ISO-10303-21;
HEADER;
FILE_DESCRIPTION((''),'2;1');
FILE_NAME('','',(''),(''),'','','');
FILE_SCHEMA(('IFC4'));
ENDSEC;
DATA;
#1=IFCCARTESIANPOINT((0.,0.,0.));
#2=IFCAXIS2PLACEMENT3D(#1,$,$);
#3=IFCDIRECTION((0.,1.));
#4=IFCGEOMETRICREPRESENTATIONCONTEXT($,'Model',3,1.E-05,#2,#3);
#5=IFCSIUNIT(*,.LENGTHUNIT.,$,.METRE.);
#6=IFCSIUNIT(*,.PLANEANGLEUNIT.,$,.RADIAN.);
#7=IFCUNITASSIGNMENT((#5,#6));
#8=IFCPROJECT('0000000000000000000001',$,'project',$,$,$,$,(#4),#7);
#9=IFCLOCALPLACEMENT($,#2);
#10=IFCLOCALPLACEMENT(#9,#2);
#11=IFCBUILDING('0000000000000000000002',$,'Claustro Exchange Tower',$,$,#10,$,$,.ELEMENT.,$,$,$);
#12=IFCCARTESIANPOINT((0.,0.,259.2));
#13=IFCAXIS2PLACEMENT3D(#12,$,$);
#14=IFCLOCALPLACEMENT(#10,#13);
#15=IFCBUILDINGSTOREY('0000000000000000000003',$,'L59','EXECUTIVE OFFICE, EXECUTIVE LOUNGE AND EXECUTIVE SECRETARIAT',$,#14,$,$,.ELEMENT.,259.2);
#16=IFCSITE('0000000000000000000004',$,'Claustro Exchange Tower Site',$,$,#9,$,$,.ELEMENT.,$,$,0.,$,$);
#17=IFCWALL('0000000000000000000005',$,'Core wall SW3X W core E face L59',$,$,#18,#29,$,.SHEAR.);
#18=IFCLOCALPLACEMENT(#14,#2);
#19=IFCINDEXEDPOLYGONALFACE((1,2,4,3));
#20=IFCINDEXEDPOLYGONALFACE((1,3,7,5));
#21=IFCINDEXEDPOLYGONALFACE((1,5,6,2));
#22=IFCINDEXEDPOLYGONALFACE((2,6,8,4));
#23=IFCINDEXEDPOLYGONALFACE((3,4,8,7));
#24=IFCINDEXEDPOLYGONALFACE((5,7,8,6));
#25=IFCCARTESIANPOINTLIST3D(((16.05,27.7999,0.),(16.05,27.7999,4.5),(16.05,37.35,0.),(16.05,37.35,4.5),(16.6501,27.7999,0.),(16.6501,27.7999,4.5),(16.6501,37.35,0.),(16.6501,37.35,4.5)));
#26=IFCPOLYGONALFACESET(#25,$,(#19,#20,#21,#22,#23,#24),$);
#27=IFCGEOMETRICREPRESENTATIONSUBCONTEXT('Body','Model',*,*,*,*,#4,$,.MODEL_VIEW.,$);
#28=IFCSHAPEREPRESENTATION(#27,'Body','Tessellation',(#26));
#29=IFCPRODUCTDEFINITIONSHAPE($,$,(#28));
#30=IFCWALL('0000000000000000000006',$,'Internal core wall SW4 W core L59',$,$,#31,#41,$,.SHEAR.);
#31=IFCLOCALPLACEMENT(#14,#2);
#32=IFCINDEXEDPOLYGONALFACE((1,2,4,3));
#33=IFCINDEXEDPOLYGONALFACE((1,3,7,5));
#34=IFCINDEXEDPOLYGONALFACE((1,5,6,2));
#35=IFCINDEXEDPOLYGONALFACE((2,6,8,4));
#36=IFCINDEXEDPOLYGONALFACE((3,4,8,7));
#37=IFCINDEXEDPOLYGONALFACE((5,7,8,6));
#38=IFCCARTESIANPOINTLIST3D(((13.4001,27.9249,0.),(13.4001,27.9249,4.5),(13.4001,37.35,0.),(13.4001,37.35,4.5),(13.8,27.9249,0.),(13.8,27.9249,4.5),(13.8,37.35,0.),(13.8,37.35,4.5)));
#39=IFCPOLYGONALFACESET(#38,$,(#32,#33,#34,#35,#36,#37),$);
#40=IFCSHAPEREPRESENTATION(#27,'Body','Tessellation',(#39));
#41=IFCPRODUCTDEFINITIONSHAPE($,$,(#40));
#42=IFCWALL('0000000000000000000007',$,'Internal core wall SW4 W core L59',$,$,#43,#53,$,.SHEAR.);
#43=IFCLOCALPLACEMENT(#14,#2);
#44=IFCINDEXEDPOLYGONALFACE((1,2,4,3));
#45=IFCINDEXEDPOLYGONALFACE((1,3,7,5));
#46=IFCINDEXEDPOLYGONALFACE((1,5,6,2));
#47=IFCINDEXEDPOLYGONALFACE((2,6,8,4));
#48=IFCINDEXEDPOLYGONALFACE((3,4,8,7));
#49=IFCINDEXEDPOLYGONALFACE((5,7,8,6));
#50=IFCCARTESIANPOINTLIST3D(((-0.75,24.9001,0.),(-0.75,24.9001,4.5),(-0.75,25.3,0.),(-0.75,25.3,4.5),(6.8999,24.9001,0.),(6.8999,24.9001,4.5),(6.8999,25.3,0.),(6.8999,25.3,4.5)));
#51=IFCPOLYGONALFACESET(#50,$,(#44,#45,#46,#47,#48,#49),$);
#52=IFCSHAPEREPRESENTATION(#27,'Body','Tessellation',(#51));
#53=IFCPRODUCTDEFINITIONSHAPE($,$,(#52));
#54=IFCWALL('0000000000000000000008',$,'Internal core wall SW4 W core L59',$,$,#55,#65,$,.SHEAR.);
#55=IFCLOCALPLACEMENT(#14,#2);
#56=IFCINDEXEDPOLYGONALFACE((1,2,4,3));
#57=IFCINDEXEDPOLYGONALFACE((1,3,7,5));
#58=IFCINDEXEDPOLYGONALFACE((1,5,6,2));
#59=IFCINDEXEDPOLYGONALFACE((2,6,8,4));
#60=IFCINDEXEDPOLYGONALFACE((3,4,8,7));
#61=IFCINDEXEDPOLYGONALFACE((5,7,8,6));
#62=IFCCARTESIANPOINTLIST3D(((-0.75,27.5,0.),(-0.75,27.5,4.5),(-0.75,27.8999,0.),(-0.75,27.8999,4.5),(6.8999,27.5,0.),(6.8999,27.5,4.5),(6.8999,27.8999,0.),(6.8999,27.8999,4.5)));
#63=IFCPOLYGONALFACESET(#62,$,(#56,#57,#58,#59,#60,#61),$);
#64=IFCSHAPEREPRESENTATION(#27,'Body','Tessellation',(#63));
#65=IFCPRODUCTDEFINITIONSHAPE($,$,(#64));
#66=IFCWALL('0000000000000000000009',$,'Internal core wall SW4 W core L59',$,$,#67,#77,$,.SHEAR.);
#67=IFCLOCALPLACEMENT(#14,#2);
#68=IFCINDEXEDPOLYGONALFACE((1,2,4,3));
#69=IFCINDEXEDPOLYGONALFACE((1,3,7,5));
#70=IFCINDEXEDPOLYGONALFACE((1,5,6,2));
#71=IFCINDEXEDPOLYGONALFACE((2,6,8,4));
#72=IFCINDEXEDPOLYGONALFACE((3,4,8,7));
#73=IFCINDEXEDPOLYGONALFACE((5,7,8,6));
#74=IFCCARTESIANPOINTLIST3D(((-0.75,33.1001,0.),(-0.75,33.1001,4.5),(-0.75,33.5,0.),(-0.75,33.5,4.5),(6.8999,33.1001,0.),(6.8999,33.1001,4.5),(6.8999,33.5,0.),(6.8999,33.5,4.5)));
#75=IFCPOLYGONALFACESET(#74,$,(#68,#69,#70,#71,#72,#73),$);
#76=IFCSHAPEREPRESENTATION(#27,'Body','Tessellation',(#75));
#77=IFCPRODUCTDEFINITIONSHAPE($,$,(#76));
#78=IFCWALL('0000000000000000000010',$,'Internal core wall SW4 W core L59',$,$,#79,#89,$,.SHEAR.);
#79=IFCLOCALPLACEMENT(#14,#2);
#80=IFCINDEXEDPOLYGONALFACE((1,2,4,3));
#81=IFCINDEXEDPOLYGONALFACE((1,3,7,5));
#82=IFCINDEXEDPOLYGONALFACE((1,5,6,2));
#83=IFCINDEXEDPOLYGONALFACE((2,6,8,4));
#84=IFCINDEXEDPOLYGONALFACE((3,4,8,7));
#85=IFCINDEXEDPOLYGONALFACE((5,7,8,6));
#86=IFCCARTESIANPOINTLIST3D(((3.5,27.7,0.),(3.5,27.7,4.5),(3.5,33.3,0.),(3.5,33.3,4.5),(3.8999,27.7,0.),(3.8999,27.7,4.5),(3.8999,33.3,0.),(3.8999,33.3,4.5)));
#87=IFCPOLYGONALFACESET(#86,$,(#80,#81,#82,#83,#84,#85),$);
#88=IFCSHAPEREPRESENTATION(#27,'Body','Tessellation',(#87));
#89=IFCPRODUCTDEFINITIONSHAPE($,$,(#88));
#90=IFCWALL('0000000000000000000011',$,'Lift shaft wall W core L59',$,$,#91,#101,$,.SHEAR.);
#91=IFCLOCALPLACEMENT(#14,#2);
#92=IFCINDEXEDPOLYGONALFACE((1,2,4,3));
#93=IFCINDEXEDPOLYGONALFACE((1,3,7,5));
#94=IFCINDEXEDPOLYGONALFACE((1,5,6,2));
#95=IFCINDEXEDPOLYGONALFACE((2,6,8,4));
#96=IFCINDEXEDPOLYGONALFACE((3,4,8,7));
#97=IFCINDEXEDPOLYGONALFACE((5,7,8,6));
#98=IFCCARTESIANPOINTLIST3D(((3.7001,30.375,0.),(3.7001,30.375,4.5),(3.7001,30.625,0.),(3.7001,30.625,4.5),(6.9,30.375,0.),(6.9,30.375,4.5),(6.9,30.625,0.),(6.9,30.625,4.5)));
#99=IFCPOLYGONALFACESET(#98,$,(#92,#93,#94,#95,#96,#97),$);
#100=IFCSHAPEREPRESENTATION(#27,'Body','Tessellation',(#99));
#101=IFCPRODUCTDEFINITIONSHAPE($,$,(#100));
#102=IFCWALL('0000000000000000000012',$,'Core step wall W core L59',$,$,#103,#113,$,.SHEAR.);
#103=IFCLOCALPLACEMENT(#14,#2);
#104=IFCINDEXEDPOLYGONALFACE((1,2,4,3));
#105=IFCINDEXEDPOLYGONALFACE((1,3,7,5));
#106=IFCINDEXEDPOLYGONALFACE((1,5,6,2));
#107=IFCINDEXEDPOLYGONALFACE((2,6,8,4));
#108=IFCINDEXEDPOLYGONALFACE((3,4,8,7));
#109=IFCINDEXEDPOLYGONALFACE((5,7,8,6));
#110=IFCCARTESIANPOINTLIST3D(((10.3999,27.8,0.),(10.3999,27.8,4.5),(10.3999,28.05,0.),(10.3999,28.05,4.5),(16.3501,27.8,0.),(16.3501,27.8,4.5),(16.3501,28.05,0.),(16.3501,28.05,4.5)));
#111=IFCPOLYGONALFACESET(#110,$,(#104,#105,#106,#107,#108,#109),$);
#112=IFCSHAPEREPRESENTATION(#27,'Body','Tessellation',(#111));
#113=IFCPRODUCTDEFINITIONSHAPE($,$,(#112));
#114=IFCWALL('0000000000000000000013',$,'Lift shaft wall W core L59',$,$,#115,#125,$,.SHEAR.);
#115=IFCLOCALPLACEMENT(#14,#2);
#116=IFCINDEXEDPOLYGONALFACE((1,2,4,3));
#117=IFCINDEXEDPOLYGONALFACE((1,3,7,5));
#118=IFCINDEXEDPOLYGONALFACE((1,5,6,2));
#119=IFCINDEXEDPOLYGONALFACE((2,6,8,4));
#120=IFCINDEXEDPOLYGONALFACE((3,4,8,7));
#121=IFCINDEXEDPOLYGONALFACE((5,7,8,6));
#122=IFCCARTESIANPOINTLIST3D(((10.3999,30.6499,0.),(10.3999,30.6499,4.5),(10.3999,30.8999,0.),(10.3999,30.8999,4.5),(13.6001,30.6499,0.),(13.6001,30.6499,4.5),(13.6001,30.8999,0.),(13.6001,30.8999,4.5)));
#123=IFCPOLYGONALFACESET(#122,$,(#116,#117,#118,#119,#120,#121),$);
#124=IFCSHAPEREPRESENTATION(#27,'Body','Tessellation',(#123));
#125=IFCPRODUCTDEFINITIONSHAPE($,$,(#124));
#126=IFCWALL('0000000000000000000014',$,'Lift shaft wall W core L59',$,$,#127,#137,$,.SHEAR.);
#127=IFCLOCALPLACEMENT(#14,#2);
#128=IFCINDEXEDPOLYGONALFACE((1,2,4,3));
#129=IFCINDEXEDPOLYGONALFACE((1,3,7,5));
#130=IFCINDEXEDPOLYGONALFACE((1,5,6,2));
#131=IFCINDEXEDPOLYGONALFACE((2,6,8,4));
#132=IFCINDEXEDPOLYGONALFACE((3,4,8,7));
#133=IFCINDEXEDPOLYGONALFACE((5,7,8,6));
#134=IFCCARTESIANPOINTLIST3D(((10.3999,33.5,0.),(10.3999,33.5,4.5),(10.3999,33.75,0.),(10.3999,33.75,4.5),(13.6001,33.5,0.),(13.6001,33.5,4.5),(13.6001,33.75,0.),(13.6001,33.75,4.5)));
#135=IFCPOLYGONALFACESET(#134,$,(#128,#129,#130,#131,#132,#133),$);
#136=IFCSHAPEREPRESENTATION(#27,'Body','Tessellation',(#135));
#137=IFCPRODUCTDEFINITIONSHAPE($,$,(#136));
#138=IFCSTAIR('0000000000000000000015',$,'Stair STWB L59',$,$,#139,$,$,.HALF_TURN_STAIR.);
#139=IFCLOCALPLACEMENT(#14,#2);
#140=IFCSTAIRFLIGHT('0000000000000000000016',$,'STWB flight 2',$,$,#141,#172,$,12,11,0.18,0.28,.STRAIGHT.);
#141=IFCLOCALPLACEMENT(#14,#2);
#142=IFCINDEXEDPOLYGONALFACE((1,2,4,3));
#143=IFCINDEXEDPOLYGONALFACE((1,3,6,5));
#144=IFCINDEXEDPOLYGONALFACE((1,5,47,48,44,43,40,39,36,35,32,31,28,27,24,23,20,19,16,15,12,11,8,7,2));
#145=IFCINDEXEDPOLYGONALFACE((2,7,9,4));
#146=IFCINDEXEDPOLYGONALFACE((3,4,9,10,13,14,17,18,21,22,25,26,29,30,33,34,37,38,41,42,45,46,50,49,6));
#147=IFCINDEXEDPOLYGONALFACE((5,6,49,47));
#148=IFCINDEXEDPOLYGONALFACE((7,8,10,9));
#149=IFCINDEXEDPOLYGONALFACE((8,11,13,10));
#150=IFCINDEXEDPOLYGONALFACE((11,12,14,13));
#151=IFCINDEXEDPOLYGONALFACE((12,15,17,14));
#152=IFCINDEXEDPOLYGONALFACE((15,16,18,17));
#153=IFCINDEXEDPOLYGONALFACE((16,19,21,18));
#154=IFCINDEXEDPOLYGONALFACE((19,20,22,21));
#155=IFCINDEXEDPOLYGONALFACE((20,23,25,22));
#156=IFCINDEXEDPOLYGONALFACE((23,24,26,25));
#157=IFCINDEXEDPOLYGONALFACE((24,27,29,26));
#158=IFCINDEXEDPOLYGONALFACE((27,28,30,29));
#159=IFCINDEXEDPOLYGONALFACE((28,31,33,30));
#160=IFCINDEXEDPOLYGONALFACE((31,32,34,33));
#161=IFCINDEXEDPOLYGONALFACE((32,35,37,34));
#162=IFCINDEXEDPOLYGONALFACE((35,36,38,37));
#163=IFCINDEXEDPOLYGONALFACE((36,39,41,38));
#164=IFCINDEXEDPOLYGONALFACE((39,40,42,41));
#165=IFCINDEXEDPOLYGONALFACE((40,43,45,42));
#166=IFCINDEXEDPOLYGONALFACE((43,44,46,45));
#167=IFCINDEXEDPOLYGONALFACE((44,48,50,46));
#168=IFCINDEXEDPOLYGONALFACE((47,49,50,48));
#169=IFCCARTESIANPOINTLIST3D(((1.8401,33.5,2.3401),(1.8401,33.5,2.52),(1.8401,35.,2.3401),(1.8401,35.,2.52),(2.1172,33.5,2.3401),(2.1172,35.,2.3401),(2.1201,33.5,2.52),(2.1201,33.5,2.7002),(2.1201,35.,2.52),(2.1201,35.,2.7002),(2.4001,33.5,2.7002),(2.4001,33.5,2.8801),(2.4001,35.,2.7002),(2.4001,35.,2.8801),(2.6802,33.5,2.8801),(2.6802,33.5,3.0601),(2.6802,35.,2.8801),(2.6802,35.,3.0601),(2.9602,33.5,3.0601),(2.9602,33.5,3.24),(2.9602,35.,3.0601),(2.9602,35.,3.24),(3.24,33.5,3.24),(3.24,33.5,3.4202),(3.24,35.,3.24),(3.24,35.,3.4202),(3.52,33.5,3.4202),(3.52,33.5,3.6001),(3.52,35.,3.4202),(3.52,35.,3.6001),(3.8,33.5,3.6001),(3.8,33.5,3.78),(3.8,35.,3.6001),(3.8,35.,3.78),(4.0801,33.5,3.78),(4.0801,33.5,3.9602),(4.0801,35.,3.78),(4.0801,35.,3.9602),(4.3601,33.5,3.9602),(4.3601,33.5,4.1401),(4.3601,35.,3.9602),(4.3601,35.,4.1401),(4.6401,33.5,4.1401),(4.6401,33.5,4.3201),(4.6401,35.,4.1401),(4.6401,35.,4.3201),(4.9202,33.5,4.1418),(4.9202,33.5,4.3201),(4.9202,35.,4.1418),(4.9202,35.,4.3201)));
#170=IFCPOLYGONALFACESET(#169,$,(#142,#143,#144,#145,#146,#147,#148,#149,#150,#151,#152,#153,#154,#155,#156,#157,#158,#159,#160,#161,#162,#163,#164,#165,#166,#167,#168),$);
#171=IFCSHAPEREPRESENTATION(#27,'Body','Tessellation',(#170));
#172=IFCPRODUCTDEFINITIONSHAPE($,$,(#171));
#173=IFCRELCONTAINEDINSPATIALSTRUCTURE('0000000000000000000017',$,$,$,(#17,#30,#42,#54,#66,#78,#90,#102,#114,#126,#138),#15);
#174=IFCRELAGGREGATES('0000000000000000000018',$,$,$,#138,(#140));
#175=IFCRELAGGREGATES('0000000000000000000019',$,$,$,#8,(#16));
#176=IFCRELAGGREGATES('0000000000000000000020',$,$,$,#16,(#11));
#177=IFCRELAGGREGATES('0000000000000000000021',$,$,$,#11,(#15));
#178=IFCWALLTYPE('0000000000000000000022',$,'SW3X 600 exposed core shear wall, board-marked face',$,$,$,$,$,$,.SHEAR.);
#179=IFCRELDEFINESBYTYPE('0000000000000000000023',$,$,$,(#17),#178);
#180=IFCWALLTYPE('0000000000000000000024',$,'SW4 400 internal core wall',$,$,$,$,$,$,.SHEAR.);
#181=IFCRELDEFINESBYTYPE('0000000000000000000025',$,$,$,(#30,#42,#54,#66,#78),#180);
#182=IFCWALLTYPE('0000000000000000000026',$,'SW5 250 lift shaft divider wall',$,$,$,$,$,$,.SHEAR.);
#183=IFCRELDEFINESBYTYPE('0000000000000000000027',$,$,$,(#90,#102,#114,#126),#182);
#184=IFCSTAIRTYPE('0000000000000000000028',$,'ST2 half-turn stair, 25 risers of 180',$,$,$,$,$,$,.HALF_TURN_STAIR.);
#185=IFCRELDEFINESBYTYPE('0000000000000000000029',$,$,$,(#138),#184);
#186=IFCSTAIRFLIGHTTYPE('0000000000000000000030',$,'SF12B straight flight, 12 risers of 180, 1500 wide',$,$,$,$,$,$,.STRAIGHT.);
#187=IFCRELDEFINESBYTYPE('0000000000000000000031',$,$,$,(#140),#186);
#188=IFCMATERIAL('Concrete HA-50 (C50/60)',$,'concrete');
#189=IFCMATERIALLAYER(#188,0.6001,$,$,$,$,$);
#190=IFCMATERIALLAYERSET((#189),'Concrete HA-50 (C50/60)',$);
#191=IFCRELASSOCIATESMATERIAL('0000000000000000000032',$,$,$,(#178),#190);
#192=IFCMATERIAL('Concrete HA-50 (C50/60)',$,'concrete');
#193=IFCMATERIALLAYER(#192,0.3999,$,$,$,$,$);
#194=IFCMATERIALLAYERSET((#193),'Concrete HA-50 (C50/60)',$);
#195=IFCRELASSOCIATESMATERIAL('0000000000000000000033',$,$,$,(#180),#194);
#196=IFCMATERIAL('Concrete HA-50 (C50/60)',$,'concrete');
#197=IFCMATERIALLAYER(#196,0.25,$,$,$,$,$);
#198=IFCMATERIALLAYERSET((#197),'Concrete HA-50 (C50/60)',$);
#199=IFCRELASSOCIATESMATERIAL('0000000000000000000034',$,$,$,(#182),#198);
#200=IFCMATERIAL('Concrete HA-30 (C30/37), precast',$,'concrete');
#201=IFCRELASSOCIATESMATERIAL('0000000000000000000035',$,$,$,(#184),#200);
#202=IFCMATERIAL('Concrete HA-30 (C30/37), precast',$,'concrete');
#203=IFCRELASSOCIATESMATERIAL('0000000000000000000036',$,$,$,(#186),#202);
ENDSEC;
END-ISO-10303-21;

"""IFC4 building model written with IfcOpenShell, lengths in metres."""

from ifc_helpers import new_model, si_unit, direction, frame, frame_2d, origin, place, context, subcontext, project, spatial, polyline, rectangle, outline, extrude, material, layer, layer_set, type_object, element, aggregate, save


model = new_model("IFC4")

# Units and contexts
model_context = context("Model", 3, precision=1e-05, world=origin(), true_north=direction((0.0, 1.0)))
body_context = subcontext(model_context, "Body", "Model", "MODEL_VIEW")
ifc_project = project(units=[si_unit("LENGTHUNIT", "METRE"), si_unit("PLANEANGLEUNIT", "RADIAN")], contexts=[model_context])

# Site, building, storey
site_placement = place(None, origin())
site = spatial("IfcSite", under=ifc_project, at=site_placement, Name="Claustro Exchange Tower Site", CompositionType="ELEMENT", RefElevation=0.0)
building_placement = place(site_placement, origin())
building = spatial("IfcBuilding", under=site, at=building_placement, Name="Claustro Exchange Tower", CompositionType="ELEMENT")
storey_placement = place(building_placement, frame((0.0, 0.0, 259.2)))
storey = spatial("IfcBuildingStorey", under=building, at=storey_placement, Name="L59", Description="EXECUTIVE OFFICE, EXECUTIVE LOUNGE AND EXECUTIVE SECRETARIAT", CompositionType="ELEMENT", Elevation=259.2)

# Walls
ifc_material_1 = material(Name="Concrete HA-50 (C50/60)", Category="concrete")
ifc_layer_1 = layer(ifc_material_1, 0.6001)
ifc_layer_set_1 = layer_set([ifc_layer_1], Name="Concrete HA-50 (C50/60)")
wall_type_1 = type_object("IfcWallType", Name="SW3X 600 exposed core shear wall, board-marked face", PredefinedType="SHEAR", material=ifc_layer_set_1)
wall_1_placement = place(storey_placement, frame((16.3501, 27.8, 0.0), z_axis=(0.0, 0.0, 1.0), x_axis=(0.0, 1.0, 0.0)))
element("IfcWall", 1, at=wall_1_placement, inside=storey, type_object=wall_type_1, Name="Core wall SW3X W core E face L59", PredefinedType="SHEAR", context=body_context, shape_type="SweptSolid", body=[
    extrude(rectangle(XDim=9.55, YDim=0.6001, at=frame_2d((4.7749, 0.0))), origin(), (0.0, 0.0, 1.0), 4.5),
])
ifc_material_2 = material(Name="Concrete HA-50 (C50/60)", Category="concrete")
ifc_layer_2 = layer(ifc_material_2, 0.3999)
ifc_layer_set_2 = layer_set([ifc_layer_2], Name="Concrete HA-50 (C50/60)")
wall_type_2 = type_object("IfcWallType", Name="SW4 400 internal core wall", PredefinedType="SHEAR", material=ifc_layer_set_2)
wall_2_placement = place(storey_placement, frame((13.6001, 27.925, 0.0), z_axis=(0.0, 0.0, 1.0), x_axis=(0.0, 1.0, 0.0)))
element("IfcWall", 2, at=wall_2_placement, inside=storey, type_object=wall_type_2, Name="Internal core wall SW4 W core L59", PredefinedType="SHEAR", context=body_context, shape_type="SweptSolid", body=[
    extrude(rectangle(XDim=9.425, YDim=0.3999, at=frame_2d((4.7124, 0.0))), origin(), (0.0, 0.0, 1.0), 4.5),
])
for number, where, z_axis, x_axis, name in (
    (3, (-0.75, 25.1001, 0.0), (0.0, 0.0, 1.0), (1.0, 0.0, 0.0), "Internal core wall SW4 W core L59"),
    (4, (-0.75, 27.7, 0.0), (0.0, 0.0, 1.0), (1.0, 0.0, 0.0), "Internal core wall SW4 W core L59"),
    (5, (-0.75, 33.3, 0.0), (0.0, 0.0, 1.0), (1.0, 0.0, 0.0), "Internal core wall SW4 W core L59"),
):
    element("IfcWall", number, at=place(storey_placement, frame(where, z_axis=z_axis, x_axis=x_axis)), inside=storey, type_object=wall_type_2, Name=name, PredefinedType="SHEAR", context=body_context, shape_type="SweptSolid", body=[
        extrude(rectangle(XDim=7.6499, YDim=0.3999, at=frame_2d((3.825, 0.0))), origin(), (0.0, 0.0, 1.0), 4.5),
    ])
wall_3_placement = place(storey_placement, frame((3.7, 27.7, 0.0), z_axis=(0.0, 0.0, 1.0), x_axis=(0.0, 1.0, 0.0)))
element("IfcWall", 6, at=wall_3_placement, inside=storey, type_object=wall_type_2, Name="Internal core wall SW4 W core L59", PredefinedType="SHEAR", context=body_context, shape_type="SweptSolid", body=[
    extrude(rectangle(XDim=5.6001, YDim=0.3999, at=frame_2d((2.8, 0.0))), origin(), (0.0, 0.0, 1.0), 4.5),
])
ifc_material_3 = material(Name="Concrete HA-50 (C50/60)", Category="concrete")
ifc_layer_3 = layer(ifc_material_3, 0.25)
ifc_layer_set_3 = layer_set([ifc_layer_3], Name="Concrete HA-50 (C50/60)")
wall_type_3 = type_object("IfcWallType", Name="SW5 250 lift shaft divider wall", PredefinedType="SHEAR", material=ifc_layer_set_3)
wall_4_placement = place(storey_placement, frame((3.7, 30.5, 0.0), z_axis=(0.0, 0.0, 1.0), x_axis=(1.0, 0.0, 0.0)))
element("IfcWall", 7, at=wall_4_placement, inside=storey, type_object=wall_type_3, Name="Lift shaft wall W core L59", PredefinedType="SHEAR", context=body_context, shape_type="SweptSolid", body=[
    extrude(rectangle(XDim=3.2, YDim=0.25, at=frame_2d((1.6001, 0.0))), origin(), (0.0, 0.0, 1.0), 4.5),
])
wall_5_placement = place(storey_placement, frame((10.3999, 27.925, 0.0), z_axis=(0.0, 0.0, 1.0), x_axis=(1.0, 0.0, 0.0)))
element("IfcWall", 8, at=wall_5_placement, inside=storey, type_object=wall_type_3, Name="Core step wall W core L59", PredefinedType="SHEAR", context=body_context, shape_type="SweptSolid", body=[
    extrude(rectangle(XDim=5.9502, YDim=0.25, at=frame_2d((2.9751, 0.0))), origin(), (0.0, 0.0, 1.0), 4.5),
])
for number, where, z_axis, x_axis, name in (
    (9, (10.3999, 30.7749, 0.0), (0.0, 0.0, 1.0), (1.0, 0.0, 0.0), "Lift shaft wall W core L59"),
    (10, (10.3999, 33.625, 0.0), (0.0, 0.0, 1.0), (1.0, 0.0, 0.0), "Lift shaft wall W core L59"),
):
    element("IfcWall", number, at=place(storey_placement, frame(where, z_axis=z_axis, x_axis=x_axis)), inside=storey, type_object=wall_type_3, Name=name, PredefinedType="SHEAR", context=body_context, shape_type="SweptSolid", body=[
        extrude(rectangle(XDim=3.2002, YDim=0.25, at=frame_2d((1.6001, 0.0))), origin(), (0.0, 0.0, 1.0), 4.5),
    ])

# Stair, stair flight
ifc_material_4 = material(Name="Concrete HA-30 (C30/37), precast", Category="concrete")
stair_type = type_object("IfcStairType", Name="ST2 half-turn stair, 25 risers of 180", PredefinedType="HALF_TURN_STAIR", material=ifc_material_4)
stair_placement = place(storey_placement, origin())
stair = element("IfcStair", 11, at=stair_placement, inside=storey, type_object=stair_type, Name="Stair STWB L59", PredefinedType="HALF_TURN_STAIR")
ifc_material_5 = material(Name="Concrete HA-30 (C30/37), precast", Category="concrete")
stair_flight_type_1 = type_object("IfcStairFlightType", Name="SF12B straight flight, 12 risers of 180, 1500 wide", PredefinedType="STRAIGHT", material=ifc_material_5)
stair_flight_1_placement = place(storey_placement, frame((1.8401, 34.25, 2.3401), z_axis=(0.0, 0.0, 1.0), x_axis=(1.0, 0.0, 0.0)))
stair_flight_1 = element("IfcStairFlight", 12, at=stair_flight_1_placement, type_object=stair_flight_type_1, Name="STWB flight 2", NumberOfRisers=12, NumberOfTreads=11, PredefinedType="STRAIGHT", RiserHeight=0.18, TreadLength=0.28, context=body_context, shape_type="SweptSolid", body=[
    extrude(outline(polyline([(0.0, 0.0), (0.0, 0.1799), (0.28, 0.1799), (0.28, 0.3601), (0.5601, 0.3601), (0.5601, 0.54), (0.8401, 0.54), (0.8401, 0.72), (1.1201, 0.72), (1.1201, 0.8999), (1.3999, 0.8999), (1.3999, 1.0801), (1.6799, 1.0801), (1.6799, 1.26), (1.96, 1.26), (1.96, 1.4399), (2.24, 1.4399), (2.24, 1.6201), (2.52, 1.6201), (2.52, 1.8), (2.8, 1.8), (2.8, 1.98), (3.0801, 1.98), (3.0801, 2.1599), (3.0801, 1.8018), (0.2771, 0.0), (0.0, 0.0)])), frame((0.0, 0.75, 0.0), z_axis=(0.0, -1.0, 0.0), x_axis=(1.0, 0.0, 0.0)), (0.0, 0.0, 1.0), 1.5),
])
aggregate(stair, [stair_flight_1])

save(model, "model.ifc")
